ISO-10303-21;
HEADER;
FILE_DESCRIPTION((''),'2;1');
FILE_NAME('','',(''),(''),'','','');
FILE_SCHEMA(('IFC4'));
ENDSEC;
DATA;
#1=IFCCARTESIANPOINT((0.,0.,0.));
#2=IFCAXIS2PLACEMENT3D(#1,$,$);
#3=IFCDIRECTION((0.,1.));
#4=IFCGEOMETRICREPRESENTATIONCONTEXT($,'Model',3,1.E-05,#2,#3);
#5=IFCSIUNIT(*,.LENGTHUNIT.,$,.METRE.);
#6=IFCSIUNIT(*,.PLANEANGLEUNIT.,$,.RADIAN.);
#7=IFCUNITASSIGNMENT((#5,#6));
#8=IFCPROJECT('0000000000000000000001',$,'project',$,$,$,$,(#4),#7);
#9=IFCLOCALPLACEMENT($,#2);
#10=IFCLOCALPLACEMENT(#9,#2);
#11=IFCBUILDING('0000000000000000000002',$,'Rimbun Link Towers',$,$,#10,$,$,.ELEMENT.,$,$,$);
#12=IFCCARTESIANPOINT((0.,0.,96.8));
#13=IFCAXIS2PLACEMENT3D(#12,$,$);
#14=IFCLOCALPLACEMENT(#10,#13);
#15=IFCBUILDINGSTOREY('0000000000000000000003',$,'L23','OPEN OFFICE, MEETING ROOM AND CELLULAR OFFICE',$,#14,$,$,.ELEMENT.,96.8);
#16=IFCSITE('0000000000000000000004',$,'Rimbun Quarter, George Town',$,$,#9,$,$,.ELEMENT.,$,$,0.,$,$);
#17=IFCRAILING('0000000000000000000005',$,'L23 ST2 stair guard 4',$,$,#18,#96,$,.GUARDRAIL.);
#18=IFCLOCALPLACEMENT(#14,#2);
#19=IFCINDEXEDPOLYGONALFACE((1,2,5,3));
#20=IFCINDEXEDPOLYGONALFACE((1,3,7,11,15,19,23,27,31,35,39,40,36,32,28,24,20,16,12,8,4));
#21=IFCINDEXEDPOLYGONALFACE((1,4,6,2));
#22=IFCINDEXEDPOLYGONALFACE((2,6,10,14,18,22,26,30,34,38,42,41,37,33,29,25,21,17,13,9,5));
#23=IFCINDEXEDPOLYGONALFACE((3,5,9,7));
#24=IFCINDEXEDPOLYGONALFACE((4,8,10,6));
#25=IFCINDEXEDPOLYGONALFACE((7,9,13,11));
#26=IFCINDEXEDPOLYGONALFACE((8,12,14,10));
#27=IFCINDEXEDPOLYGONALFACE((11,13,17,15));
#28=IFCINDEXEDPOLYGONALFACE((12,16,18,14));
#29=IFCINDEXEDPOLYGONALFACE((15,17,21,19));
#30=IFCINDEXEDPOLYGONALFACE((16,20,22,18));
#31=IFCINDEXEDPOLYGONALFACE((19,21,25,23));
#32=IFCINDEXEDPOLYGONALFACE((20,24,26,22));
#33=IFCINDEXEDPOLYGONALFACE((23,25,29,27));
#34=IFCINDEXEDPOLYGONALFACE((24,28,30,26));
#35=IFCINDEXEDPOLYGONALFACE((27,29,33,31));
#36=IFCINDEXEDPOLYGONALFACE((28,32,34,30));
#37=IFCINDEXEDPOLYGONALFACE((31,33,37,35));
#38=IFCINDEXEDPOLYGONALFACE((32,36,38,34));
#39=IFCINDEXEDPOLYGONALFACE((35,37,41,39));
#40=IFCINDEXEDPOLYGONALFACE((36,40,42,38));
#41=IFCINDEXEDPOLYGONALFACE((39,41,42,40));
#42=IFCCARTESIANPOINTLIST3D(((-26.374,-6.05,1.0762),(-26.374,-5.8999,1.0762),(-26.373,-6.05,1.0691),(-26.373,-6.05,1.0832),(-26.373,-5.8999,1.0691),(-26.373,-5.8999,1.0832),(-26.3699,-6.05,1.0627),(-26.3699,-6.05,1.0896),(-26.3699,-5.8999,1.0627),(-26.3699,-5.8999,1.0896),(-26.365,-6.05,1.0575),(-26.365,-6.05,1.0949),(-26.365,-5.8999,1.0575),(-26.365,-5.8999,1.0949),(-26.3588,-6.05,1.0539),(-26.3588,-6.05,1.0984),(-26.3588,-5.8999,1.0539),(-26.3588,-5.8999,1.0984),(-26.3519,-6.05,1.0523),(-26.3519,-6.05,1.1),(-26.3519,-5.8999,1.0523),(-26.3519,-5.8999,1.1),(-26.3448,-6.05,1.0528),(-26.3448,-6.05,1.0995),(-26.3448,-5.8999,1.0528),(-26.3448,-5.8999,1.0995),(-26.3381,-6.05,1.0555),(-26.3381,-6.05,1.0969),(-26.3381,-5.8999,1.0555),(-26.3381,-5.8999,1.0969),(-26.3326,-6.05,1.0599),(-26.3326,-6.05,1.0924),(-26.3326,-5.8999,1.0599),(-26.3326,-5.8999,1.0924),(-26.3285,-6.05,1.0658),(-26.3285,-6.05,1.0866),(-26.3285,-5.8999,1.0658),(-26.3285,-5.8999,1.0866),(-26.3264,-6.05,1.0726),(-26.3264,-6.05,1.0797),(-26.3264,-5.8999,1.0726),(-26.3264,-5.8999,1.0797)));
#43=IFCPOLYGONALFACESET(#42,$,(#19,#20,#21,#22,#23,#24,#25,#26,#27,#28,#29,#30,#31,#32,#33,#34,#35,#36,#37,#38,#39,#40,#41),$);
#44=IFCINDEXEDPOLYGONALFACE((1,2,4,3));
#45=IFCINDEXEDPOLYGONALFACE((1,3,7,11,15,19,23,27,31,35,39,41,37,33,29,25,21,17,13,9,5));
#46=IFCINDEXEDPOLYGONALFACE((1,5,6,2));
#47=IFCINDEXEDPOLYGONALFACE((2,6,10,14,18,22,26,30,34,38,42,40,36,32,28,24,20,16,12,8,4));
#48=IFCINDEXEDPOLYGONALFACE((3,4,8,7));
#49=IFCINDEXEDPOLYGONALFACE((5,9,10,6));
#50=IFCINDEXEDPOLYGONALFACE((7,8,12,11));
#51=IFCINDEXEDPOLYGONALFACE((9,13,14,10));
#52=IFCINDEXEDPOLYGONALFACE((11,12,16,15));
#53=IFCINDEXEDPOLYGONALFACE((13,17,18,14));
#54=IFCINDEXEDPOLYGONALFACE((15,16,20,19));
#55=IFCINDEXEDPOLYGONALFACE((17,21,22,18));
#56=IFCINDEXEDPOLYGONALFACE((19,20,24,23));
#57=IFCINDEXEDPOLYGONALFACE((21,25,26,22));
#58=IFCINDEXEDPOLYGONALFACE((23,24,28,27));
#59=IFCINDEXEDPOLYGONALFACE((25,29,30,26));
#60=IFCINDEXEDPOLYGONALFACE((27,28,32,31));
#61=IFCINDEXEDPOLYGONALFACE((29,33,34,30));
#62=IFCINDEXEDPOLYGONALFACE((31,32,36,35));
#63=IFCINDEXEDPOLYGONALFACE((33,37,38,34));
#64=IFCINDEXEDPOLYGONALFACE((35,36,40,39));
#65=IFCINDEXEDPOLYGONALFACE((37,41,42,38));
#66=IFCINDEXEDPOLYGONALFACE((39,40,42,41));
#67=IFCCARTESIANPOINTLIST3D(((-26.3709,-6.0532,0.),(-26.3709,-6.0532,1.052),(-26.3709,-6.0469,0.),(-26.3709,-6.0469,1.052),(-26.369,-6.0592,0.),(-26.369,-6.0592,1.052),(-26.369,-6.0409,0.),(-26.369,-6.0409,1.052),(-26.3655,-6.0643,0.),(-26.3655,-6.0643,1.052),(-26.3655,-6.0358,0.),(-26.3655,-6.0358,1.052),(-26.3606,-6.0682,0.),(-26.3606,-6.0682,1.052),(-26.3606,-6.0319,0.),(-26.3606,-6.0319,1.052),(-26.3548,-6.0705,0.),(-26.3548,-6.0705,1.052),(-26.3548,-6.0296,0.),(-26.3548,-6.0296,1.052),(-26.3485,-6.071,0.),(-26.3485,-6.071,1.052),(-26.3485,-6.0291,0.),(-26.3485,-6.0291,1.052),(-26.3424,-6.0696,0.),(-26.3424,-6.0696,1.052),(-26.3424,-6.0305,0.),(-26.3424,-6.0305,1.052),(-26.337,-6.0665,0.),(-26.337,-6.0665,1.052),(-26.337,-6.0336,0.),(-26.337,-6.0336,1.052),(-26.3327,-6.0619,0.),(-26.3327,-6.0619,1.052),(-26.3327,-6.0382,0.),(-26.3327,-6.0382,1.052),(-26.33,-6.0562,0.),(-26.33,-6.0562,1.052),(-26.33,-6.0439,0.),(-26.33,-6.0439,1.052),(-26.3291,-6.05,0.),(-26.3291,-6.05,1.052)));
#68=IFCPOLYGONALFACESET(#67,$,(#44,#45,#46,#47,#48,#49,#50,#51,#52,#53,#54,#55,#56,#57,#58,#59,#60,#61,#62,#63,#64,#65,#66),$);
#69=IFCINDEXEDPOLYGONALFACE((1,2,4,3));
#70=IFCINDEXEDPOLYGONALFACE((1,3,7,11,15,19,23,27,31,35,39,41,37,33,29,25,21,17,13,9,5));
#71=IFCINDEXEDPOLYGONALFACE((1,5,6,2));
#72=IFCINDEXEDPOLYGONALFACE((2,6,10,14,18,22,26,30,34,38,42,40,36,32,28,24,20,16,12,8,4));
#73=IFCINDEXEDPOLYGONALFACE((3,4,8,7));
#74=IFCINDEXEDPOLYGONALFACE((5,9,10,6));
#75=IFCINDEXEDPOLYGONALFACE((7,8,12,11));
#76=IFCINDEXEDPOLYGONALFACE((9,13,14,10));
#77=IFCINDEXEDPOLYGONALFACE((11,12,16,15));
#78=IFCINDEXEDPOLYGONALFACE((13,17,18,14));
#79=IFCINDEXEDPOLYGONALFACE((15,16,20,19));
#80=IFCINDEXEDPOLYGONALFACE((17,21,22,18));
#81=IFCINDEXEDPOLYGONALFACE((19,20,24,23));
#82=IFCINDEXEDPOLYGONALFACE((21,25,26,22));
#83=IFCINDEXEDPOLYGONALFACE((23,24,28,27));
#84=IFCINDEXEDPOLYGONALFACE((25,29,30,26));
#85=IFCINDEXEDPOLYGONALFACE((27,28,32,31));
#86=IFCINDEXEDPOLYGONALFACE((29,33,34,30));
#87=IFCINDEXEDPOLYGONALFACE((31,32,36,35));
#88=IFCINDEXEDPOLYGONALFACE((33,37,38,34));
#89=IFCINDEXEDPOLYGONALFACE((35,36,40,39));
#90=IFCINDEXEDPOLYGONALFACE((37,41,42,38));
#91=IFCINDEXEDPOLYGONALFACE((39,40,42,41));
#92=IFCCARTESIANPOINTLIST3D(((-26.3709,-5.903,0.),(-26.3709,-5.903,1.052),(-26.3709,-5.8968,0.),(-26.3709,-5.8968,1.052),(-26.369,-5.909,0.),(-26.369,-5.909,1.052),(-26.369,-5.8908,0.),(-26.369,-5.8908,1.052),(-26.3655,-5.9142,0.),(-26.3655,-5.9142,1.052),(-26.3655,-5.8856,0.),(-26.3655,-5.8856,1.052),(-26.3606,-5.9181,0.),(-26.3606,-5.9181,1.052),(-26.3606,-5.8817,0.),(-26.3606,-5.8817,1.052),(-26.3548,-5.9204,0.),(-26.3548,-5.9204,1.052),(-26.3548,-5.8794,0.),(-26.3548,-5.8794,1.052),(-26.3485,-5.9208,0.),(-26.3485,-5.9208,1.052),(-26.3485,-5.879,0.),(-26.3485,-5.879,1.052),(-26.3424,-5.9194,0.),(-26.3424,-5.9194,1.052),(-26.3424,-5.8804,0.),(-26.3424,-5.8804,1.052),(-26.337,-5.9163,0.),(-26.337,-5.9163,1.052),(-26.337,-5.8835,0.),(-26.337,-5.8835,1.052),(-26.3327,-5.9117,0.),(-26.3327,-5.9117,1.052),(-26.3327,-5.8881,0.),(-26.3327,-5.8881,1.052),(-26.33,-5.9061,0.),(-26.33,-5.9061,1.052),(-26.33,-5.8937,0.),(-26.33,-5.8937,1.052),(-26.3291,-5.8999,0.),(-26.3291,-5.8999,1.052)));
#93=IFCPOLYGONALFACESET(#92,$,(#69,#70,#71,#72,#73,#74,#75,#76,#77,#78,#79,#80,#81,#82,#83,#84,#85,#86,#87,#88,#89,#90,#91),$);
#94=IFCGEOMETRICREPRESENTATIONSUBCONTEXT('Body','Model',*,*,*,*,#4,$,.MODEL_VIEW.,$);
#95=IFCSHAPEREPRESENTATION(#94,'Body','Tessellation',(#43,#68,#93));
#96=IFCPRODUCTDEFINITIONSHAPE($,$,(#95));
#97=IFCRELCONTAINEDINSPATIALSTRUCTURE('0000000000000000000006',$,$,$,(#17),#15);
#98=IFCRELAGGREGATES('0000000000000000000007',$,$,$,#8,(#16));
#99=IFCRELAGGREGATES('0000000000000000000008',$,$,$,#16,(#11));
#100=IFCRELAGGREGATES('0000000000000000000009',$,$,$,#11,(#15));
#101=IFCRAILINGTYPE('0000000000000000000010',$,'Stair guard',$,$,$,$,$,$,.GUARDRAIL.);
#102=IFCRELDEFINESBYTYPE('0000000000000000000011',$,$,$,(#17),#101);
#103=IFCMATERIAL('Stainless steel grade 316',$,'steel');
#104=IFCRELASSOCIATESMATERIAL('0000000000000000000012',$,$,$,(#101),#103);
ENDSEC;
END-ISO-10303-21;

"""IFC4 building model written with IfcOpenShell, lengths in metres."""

from ifc_helpers import new_model, si_unit, direction, frame, origin, origin_2d, place, context, subcontext, project, spatial, circle, extrude, material, type_object, element, save


model = new_model("IFC4")

# Units and contexts
model_context = context("Model", 3, precision=1e-05, world=origin(), true_north=direction((0.0, 1.0)))
body_context = subcontext(model_context, "Body", "Model", "MODEL_VIEW")
ifc_project = project(units=[si_unit("LENGTHUNIT", "METRE"), si_unit("PLANEANGLEUNIT", "RADIAN")], contexts=[model_context])

# Site, building, storey
site_placement = place(None, origin())
site = spatial("IfcSite", under=ifc_project, at=site_placement, Name="Rimbun Quarter, George Town", CompositionType="ELEMENT", RefElevation=0.0)
building_placement = place(site_placement, origin())
building = spatial("IfcBuilding", under=site, at=building_placement, Name="Rimbun Link Towers", CompositionType="ELEMENT")
storey_placement = place(building_placement, frame((0.0, 0.0, 96.8)))
storey = spatial("IfcBuildingStorey", under=building, at=storey_placement, Name="L23", Description="OPEN OFFICE, MEETING ROOM AND CELLULAR OFFICE", CompositionType="ELEMENT", Elevation=96.8)

# Railing
ifc_material_1 = material(Name="Stainless steel grade 316", Category="steel")
railing_type_1 = type_object("IfcRailingType", Name="Stair guard", PredefinedType="GUARDRAIL", material=ifc_material_1)
railing_1_placement = place(storey_placement, frame((-26.3501, -6.05, 0.0)))
element("IfcRailing", 1, at=railing_1_placement, inside=storey, type_object=railing_type_1, Name="L23 ST2 stair guard 4", PredefinedType="GUARDRAIL", context=body_context, shape_type="SweptSolid", body=[
    extrude(circle(Radius=0.0239, at=origin_2d()), frame((0.0, 0.0, 1.0762), z_axis=(0.0, 1.0, 0.0), x_axis=(-1.0, 0.0, 0.0)), (0.0, 0.0, 1.0), 0.1501),
    extrude(circle(Radius=0.021, at=origin_2d()), origin(), (0.0, 0.0, 1.0), 1.052),
    extrude(circle(Radius=0.021, at=origin_2d()), frame((0.0, 0.1501, 0.0)), (0.0, 0.0, 1.0), 1.052),
])

save(model, "model.ifc")
